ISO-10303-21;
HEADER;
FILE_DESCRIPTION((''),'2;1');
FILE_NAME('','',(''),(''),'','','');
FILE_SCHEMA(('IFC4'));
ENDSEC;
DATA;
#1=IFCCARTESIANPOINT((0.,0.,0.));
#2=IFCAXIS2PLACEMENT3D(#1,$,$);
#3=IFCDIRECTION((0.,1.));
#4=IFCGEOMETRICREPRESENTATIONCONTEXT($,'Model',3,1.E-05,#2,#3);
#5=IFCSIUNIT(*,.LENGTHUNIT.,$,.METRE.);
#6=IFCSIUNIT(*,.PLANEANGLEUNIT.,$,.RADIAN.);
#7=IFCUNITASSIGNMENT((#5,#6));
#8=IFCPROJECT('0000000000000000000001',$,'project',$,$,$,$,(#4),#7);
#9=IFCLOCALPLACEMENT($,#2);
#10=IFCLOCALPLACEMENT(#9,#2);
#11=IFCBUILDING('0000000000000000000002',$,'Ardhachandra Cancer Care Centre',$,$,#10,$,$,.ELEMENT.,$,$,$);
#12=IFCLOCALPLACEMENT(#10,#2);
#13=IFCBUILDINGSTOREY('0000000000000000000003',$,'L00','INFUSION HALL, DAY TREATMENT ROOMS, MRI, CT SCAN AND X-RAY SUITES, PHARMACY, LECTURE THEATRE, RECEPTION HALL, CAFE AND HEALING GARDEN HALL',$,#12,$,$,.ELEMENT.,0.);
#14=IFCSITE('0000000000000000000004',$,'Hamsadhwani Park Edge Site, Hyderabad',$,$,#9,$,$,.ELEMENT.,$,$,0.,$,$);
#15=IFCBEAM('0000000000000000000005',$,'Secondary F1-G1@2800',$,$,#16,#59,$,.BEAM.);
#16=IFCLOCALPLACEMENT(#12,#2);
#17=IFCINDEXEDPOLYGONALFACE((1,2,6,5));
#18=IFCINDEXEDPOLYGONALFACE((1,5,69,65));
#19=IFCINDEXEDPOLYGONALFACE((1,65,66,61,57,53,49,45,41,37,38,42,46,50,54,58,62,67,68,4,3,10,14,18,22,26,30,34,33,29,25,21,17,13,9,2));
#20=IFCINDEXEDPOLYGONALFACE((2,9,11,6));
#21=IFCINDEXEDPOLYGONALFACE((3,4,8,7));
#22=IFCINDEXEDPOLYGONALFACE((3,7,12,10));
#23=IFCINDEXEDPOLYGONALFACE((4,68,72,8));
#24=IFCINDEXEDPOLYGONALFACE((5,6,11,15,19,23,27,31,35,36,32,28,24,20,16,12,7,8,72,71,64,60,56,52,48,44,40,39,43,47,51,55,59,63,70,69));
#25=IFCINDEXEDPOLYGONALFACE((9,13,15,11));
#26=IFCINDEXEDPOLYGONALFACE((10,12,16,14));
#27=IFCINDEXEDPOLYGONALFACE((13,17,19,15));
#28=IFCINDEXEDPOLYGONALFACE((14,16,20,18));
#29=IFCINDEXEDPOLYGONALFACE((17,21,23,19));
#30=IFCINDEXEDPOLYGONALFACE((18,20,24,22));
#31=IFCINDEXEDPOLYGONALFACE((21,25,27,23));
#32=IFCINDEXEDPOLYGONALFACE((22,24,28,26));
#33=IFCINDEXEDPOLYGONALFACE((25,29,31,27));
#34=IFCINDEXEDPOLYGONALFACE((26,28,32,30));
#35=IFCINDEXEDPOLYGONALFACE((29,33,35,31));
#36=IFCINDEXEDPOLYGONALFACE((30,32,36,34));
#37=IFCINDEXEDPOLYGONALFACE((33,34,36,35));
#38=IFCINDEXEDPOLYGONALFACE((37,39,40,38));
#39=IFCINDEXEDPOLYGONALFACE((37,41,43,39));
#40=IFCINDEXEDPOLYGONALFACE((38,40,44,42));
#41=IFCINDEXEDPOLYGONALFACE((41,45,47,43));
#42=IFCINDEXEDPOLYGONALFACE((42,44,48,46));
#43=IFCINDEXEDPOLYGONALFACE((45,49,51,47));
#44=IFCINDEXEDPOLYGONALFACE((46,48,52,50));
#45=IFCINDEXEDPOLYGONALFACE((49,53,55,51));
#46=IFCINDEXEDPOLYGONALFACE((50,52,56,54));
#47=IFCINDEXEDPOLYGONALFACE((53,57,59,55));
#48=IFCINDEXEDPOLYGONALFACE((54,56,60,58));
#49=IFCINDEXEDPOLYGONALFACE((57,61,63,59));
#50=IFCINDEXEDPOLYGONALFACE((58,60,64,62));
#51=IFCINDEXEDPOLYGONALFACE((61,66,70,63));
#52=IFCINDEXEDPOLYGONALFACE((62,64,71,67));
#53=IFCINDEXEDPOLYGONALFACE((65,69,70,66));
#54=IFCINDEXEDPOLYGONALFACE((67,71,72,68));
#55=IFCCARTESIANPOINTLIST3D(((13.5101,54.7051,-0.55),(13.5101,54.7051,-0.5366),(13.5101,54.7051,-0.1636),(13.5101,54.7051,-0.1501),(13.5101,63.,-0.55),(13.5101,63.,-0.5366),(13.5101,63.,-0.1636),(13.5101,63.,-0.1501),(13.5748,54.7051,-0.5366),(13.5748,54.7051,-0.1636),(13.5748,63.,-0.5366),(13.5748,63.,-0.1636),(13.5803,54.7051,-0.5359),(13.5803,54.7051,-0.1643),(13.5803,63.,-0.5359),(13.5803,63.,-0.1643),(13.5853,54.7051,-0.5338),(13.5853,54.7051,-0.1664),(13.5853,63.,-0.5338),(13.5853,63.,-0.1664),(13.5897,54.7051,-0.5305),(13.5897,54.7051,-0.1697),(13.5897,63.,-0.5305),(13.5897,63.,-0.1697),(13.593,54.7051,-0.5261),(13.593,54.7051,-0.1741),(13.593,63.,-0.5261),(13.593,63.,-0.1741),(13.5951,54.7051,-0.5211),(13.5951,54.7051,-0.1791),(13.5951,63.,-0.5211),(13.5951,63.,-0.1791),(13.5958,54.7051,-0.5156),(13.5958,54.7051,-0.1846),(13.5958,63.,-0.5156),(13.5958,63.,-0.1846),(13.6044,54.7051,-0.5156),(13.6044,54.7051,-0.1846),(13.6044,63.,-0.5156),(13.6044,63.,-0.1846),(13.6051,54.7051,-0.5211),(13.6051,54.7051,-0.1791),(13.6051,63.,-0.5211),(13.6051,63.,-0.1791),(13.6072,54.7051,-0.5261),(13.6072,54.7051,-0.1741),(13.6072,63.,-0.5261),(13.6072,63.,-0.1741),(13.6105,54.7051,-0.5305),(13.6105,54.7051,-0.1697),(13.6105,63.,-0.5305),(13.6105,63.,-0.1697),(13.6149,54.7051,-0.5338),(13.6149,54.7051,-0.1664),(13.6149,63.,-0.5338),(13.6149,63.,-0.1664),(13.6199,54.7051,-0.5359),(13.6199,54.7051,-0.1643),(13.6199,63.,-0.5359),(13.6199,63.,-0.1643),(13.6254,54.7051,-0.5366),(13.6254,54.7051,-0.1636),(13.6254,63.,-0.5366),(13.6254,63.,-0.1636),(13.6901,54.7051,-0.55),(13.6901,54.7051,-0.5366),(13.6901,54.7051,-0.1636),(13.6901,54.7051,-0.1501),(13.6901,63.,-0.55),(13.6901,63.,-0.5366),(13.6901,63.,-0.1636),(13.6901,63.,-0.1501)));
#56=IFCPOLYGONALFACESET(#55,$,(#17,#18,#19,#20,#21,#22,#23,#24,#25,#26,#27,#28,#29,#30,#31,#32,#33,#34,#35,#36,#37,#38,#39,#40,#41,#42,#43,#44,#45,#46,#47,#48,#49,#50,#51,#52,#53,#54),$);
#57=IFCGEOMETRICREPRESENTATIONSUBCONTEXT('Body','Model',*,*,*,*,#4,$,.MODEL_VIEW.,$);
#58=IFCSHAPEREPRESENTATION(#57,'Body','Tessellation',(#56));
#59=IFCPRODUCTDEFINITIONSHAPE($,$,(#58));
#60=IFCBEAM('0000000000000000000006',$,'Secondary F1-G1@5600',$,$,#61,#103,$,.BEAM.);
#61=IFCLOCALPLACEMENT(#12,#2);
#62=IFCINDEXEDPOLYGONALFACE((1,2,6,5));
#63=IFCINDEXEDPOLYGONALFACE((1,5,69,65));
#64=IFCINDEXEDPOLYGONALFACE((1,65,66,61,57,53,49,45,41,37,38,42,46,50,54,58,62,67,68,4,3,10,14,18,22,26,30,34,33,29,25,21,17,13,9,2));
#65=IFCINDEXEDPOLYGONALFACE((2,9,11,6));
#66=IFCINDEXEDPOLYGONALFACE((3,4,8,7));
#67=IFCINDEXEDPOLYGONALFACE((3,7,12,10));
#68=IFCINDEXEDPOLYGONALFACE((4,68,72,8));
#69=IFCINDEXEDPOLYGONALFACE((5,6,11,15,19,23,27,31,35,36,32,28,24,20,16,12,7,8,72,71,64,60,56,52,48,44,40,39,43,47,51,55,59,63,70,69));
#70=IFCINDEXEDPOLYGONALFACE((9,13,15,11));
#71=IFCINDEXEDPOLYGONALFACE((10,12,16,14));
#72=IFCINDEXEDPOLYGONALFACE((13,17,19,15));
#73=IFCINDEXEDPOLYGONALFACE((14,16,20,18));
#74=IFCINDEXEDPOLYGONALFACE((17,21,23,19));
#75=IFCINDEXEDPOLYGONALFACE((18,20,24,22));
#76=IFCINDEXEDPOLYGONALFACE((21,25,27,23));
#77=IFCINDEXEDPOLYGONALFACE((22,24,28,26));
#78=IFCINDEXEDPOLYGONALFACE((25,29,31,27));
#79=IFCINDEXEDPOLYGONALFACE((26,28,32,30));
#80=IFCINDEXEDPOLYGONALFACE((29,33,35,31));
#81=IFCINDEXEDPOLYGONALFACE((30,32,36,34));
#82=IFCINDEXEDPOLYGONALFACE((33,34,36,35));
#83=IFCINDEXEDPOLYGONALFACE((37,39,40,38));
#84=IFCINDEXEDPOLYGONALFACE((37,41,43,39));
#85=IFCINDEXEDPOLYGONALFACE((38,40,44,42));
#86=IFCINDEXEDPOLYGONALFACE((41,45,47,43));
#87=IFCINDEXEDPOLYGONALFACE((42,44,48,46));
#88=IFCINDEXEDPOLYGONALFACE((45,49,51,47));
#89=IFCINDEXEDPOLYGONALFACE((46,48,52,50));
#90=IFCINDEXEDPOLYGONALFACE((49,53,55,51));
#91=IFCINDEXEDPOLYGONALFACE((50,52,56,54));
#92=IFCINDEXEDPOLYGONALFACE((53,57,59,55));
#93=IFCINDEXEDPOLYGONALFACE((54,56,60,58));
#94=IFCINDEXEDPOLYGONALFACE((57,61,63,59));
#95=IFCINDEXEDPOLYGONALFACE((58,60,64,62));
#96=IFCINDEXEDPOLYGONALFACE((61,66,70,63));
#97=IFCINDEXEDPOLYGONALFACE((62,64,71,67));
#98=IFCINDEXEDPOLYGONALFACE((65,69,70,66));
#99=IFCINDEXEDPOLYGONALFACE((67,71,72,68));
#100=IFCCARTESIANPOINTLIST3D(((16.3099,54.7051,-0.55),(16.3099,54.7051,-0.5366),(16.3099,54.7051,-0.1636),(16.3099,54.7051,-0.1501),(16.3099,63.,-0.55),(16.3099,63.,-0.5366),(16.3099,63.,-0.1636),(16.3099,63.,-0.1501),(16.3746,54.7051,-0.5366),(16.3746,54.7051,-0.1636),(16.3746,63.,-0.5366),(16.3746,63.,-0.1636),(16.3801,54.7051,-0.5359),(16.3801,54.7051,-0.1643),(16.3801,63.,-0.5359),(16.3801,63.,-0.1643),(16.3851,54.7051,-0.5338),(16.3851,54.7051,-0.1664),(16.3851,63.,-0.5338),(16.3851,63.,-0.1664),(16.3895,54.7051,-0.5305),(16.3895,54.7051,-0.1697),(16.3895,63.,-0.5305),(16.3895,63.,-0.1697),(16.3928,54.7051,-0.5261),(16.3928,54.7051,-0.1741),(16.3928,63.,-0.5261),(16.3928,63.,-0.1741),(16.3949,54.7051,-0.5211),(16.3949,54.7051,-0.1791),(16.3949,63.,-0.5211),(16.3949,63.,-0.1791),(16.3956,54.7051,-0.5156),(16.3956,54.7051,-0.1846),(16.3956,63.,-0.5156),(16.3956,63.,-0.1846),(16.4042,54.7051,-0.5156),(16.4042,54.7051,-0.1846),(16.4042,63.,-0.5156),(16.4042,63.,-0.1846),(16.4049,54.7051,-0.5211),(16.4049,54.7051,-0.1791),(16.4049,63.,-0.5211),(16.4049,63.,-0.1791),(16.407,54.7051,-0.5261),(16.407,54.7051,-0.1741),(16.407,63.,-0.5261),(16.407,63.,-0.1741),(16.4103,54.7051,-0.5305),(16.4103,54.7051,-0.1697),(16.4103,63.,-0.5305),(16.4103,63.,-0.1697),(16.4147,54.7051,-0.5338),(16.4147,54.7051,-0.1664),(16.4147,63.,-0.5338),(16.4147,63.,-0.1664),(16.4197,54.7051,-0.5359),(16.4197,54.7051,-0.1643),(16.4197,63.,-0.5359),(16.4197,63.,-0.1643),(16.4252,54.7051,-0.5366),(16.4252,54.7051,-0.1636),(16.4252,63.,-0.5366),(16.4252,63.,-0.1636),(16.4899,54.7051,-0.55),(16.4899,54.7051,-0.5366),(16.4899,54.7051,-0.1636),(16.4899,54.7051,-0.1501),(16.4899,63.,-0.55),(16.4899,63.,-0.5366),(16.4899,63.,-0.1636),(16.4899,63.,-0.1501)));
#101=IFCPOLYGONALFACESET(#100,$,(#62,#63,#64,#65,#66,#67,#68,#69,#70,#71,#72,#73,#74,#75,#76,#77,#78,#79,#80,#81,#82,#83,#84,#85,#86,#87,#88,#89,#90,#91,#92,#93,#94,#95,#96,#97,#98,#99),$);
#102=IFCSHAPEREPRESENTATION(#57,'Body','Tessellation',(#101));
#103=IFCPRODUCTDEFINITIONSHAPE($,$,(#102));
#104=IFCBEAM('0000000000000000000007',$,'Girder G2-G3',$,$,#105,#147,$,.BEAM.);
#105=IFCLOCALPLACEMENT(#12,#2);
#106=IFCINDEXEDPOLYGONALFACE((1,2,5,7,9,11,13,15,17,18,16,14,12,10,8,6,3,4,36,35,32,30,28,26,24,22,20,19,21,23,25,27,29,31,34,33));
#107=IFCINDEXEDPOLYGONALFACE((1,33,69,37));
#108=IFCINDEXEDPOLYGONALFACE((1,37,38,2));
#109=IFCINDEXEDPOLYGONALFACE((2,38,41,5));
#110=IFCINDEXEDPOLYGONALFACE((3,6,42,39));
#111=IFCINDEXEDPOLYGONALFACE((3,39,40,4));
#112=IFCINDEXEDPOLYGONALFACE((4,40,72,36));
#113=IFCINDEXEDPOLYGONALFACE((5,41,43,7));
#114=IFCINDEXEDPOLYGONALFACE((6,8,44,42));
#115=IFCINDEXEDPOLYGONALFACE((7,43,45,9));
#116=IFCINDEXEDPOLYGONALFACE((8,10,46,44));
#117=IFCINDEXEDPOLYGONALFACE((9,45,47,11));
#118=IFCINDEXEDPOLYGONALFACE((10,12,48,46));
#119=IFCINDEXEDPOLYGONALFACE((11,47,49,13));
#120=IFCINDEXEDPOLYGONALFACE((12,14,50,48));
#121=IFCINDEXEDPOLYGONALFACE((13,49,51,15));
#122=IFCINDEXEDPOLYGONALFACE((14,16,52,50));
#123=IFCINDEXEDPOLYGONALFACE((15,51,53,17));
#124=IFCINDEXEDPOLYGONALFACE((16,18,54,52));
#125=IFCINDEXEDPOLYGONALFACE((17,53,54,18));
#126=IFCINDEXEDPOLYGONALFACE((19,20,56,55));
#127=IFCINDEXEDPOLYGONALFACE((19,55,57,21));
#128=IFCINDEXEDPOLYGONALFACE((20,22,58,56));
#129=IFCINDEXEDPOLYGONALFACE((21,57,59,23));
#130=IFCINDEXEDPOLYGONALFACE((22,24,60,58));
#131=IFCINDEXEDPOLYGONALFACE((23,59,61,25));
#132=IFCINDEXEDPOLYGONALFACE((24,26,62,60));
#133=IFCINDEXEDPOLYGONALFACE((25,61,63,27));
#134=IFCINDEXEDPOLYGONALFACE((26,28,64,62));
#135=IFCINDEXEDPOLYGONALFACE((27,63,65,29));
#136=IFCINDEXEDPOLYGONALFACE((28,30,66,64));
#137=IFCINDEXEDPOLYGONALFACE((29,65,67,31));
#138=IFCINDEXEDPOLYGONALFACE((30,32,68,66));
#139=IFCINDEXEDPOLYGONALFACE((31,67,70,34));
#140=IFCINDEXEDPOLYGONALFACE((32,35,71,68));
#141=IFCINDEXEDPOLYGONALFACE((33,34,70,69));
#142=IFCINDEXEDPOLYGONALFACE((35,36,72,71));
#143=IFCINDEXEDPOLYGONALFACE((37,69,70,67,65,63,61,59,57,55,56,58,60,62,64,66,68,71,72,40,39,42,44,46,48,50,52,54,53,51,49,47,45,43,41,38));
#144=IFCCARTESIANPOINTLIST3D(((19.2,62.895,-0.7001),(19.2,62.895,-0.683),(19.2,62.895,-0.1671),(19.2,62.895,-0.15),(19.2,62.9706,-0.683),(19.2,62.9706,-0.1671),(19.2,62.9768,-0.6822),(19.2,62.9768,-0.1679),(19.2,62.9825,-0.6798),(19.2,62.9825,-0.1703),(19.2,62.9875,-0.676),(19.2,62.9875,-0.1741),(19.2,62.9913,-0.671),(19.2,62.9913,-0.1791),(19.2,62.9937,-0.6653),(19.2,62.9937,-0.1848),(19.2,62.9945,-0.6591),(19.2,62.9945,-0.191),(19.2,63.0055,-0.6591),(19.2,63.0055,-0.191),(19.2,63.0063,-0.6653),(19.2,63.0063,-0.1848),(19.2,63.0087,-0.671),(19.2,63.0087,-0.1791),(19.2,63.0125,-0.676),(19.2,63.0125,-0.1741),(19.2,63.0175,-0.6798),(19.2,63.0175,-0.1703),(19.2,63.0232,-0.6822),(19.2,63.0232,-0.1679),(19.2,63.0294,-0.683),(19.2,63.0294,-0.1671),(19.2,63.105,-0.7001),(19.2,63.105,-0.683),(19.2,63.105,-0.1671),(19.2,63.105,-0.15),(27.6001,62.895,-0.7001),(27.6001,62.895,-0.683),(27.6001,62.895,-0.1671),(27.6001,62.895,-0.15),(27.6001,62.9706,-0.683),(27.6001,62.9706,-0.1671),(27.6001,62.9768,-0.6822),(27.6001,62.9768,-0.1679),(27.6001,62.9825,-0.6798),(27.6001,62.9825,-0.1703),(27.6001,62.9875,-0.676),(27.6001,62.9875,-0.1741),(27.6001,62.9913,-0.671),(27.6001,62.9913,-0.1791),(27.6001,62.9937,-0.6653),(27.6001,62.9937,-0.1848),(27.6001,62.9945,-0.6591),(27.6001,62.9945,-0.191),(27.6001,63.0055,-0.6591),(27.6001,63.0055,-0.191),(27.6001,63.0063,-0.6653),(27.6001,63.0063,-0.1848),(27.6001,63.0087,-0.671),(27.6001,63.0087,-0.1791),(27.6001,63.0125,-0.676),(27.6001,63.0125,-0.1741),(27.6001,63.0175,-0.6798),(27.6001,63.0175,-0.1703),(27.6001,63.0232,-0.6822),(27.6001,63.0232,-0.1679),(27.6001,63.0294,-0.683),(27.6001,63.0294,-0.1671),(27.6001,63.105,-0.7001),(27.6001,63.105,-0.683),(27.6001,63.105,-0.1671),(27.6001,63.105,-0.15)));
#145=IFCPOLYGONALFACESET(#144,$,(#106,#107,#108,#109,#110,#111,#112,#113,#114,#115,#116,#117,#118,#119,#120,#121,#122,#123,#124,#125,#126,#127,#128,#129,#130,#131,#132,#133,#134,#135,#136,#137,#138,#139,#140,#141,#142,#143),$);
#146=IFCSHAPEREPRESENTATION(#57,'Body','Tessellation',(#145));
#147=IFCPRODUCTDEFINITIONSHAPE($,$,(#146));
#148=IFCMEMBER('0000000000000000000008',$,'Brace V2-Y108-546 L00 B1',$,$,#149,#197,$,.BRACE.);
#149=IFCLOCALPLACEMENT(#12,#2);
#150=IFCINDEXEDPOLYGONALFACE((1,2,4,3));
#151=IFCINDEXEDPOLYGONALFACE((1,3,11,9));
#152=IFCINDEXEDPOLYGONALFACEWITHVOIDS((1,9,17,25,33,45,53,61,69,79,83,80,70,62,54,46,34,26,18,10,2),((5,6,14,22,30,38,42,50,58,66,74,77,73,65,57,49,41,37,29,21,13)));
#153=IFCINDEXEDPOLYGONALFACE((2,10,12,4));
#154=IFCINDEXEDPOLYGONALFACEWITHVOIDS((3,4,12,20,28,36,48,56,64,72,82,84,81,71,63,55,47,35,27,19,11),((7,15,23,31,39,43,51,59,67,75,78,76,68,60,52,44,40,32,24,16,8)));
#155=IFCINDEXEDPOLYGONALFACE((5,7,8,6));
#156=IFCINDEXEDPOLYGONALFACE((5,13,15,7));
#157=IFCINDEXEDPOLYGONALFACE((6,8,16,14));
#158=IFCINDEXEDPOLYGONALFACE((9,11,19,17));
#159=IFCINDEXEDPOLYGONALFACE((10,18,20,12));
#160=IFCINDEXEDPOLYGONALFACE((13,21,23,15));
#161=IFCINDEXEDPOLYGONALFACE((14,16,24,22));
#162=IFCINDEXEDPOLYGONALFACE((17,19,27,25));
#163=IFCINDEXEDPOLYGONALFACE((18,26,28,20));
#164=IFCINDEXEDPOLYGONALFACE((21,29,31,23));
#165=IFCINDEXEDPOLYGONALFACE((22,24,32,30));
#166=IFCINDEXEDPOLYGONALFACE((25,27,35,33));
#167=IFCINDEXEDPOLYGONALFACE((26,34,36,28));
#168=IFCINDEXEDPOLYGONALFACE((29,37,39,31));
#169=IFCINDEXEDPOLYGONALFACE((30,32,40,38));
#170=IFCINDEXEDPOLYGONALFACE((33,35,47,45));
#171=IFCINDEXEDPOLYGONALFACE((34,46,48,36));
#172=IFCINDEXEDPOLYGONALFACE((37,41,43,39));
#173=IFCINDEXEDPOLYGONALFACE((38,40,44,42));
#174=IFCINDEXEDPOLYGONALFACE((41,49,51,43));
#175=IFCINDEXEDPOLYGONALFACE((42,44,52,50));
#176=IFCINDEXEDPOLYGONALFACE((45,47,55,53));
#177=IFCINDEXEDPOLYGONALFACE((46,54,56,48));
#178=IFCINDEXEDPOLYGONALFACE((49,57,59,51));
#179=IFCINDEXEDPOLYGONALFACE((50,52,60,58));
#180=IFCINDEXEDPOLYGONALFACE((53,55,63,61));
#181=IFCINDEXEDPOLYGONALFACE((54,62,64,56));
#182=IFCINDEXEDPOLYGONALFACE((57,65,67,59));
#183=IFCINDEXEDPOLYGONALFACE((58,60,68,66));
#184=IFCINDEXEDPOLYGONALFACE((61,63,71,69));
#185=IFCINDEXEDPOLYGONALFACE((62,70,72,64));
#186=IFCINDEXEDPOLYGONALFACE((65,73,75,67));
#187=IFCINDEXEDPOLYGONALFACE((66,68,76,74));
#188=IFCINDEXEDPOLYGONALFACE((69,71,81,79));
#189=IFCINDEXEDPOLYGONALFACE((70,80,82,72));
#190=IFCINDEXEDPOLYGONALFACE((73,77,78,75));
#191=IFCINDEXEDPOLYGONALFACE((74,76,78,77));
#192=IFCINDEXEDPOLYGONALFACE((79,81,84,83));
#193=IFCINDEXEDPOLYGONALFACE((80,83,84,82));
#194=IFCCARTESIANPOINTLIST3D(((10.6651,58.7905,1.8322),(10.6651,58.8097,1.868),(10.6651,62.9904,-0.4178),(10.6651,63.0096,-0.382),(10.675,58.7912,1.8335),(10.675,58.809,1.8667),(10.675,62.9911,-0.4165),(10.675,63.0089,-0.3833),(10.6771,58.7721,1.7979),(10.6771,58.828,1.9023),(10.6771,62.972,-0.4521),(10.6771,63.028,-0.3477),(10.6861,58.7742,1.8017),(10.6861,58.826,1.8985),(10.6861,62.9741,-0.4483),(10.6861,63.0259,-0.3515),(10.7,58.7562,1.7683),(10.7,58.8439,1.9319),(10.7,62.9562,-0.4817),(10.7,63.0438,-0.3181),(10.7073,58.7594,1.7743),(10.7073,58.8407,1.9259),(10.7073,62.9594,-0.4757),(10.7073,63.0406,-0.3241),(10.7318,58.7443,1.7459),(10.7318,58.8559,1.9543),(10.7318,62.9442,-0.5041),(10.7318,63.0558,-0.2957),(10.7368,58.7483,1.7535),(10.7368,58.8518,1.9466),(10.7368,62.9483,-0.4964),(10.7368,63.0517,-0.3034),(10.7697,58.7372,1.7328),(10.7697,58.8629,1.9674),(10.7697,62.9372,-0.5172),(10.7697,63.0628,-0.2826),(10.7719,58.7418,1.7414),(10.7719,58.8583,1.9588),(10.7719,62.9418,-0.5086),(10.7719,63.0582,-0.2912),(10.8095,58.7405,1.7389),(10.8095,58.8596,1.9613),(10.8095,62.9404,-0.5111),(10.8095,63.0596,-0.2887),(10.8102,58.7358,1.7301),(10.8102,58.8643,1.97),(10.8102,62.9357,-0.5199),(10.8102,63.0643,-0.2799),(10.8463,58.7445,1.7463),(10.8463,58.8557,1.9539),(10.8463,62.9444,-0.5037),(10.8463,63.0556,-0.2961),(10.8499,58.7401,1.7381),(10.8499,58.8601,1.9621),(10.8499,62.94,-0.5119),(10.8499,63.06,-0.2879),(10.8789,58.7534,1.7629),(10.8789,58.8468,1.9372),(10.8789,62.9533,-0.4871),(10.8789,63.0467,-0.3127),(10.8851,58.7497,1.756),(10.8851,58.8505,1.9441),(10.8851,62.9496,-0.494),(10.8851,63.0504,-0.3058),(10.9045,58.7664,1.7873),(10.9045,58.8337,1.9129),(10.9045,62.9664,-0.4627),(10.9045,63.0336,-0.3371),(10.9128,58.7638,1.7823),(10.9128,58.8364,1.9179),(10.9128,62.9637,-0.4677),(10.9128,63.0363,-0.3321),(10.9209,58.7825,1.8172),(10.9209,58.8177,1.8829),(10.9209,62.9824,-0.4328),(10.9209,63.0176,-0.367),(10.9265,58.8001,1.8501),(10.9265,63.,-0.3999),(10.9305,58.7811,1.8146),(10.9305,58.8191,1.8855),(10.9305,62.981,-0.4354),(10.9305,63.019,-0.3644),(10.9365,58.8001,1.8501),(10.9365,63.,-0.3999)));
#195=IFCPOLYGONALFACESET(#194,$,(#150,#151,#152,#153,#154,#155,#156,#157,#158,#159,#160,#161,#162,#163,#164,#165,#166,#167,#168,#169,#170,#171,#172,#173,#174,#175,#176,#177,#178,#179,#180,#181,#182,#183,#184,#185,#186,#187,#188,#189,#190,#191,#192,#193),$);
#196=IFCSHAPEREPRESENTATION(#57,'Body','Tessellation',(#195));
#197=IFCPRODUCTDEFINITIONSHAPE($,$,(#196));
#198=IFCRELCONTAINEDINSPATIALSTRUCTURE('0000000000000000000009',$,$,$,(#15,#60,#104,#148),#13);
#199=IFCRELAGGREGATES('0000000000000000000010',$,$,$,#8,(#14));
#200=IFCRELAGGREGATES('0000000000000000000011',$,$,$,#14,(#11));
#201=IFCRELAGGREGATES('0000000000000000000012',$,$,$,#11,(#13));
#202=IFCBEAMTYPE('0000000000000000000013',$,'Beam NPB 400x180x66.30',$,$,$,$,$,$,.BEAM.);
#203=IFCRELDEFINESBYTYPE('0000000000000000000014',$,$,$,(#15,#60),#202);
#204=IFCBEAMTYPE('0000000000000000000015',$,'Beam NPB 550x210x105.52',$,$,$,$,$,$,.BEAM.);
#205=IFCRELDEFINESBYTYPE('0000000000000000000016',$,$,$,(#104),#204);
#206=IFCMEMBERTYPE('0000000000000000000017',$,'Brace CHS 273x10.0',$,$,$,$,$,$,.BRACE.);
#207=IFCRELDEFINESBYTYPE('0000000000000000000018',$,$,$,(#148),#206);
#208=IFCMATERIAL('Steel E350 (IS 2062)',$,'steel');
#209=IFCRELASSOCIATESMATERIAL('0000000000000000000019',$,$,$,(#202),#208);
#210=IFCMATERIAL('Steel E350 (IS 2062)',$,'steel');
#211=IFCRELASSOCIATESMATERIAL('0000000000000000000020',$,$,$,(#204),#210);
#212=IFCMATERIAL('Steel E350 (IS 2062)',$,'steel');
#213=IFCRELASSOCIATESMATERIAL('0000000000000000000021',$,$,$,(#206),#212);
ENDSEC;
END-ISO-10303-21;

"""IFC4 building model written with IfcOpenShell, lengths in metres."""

from ifc_helpers import new_model, si_unit, direction, frame, origin, origin_2d, place, context, subcontext, project, spatial, hollow_circle, i_section, extrude, material, material_profile, profile_set, type_object, element, save


model = new_model("IFC4")

# Units and contexts
model_context = context("Model", 3, precision=1e-05, world=origin(), true_north=direction((0.0, 1.0)))
body_context = subcontext(model_context, "Body", "Model", "MODEL_VIEW")
ifc_project = project(units=[si_unit("LENGTHUNIT", "METRE"), si_unit("PLANEANGLEUNIT", "RADIAN")], contexts=[model_context])

# Site, building, storey
site_placement = place(None, origin())
site = spatial("IfcSite", under=ifc_project, at=site_placement, Name="Hamsadhwani Park Edge Site, Hyderabad", CompositionType="ELEMENT", RefElevation=0.0)
building_placement = place(site_placement, origin())
building = spatial("IfcBuilding", under=site, at=building_placement, Name="Ardhachandra Cancer Care Centre", CompositionType="ELEMENT")
storey_placement = place(building_placement, origin())
storey = spatial("IfcBuildingStorey", under=building, at=storey_placement, Name="L00", Description="INFUSION HALL, DAY TREATMENT ROOMS, MRI, CT SCAN AND X-RAY SUITES, PHARMACY, LECTURE THEATRE, RECEPTION HALL, CAFE AND HEALING GARDEN HALL", CompositionType="ELEMENT", Elevation=0.0)

# Beams
ifc_material_1 = material(Name="Steel E350 (IS 2062)", Category="steel")
ifc_material_profile_1 = material_profile(ifc_material_1, i_section(OverallWidth=0.1799, OverallDepth=0.3999, WebThickness=0.0085, FlangeThickness=0.0134, FilletRadius=0.021, at=origin_2d()), Name="NPB 400x180x66.30")
ifc_profile_set_1 = profile_set([ifc_material_profile_1], Name="Steel E350 (IS 2062)")
beam_type_1 = type_object("IfcBeamType", Name="Beam NPB 400x180x66.30", PredefinedType="BEAM", material=ifc_profile_set_1)
for number, where, z_axis, x_axis, name in (
    (1, (13.6001, 54.7051, -0.3501), (0.0, 1.0, 0.0), (-1.0, 0.0, 0.0), "Secondary F1-G1@2800"),
    (2, (16.3999, 54.7051, -0.3501), (0.0, 1.0, 0.0), (-1.0, 0.0, 0.0), "Secondary F1-G1@5600"),
):
    element("IfcBeam", number, at=place(storey_placement, frame(where, z_axis=z_axis, x_axis=x_axis)), inside=storey, type_object=beam_type_1, Name=name, PredefinedType="BEAM", context=body_context, shape_type="SweptSolid", body=[
        extrude(i_section(OverallWidth=0.1799, OverallDepth=0.3999, WebThickness=0.0085, FlangeThickness=0.0134, FilletRadius=0.021, at=origin_2d()), origin(), (0.0, 0.0, 1.0), 8.2949),
    ])
ifc_material_2 = material(Name="Steel E350 (IS 2062)", Category="steel")
ifc_material_profile_2 = material_profile(ifc_material_2, i_section(OverallWidth=0.21, OverallDepth=0.55, WebThickness=0.011, FlangeThickness=0.0171, FilletRadius=0.0239, at=origin_2d()), Name="NPB 550x210x105.52")
ifc_profile_set_2 = profile_set([ifc_material_profile_2], Name="Steel E350 (IS 2062)")
beam_type_2 = type_object("IfcBeamType", Name="Beam NPB 550x210x105.52", PredefinedType="BEAM", material=ifc_profile_set_2)
beam_placement = place(storey_placement, frame((19.2, 63.0, -0.425), z_axis=(1.0, 0.0, 0.0), x_axis=(0.0, 1.0, 0.0)))
element("IfcBeam", 3, at=beam_placement, inside=storey, type_object=beam_type_2, Name="Girder G2-G3", PredefinedType="BEAM", context=body_context, shape_type="SweptSolid", body=[
    extrude(i_section(OverallWidth=0.21, OverallDepth=0.55, WebThickness=0.011, FlangeThickness=0.0171, FilletRadius=0.0239, at=origin_2d()), origin(), (0.0, 0.0, 1.0), 8.4001),
])

# Member
ifc_material_3 = material(Name="Steel E350 (IS 2062)", Category="steel")
ifc_material_profile_3 = material_profile(ifc_material_3, hollow_circle(Radius=0.1365, WallThickness=0.01, at=origin_2d()), Name="CHS 273x10.0")
ifc_profile_set_3 = profile_set([ifc_material_profile_3], Name="Steel E350 (IS 2062)")
member_type = type_object("IfcMemberType", Name="Brace CHS 273x10.0", PredefinedType="BRACE", material=ifc_profile_set_3)
for number, where, z_axis, x_axis, name in (
    (4, (10.8, 63.0, -0.3999), (0.0, -0.881478, 0.472226), (1.0, 0.0, 0.0), "Brace V2-Y108-546 L00 B1"),
):
    element("IfcMember", number, at=place(storey_placement, frame(where, z_axis=z_axis, x_axis=x_axis)), inside=storey, type_object=member_type, Name=name, PredefinedType="BRACE", context=body_context, shape_type="SweptSolid", body=[
        extrude(hollow_circle(Radius=0.1365, WallThickness=0.01, at=origin_2d()), origin(), (0.0, 0.0, 1.0), 4.7646),
    ])

save(model, "model.ifc")
